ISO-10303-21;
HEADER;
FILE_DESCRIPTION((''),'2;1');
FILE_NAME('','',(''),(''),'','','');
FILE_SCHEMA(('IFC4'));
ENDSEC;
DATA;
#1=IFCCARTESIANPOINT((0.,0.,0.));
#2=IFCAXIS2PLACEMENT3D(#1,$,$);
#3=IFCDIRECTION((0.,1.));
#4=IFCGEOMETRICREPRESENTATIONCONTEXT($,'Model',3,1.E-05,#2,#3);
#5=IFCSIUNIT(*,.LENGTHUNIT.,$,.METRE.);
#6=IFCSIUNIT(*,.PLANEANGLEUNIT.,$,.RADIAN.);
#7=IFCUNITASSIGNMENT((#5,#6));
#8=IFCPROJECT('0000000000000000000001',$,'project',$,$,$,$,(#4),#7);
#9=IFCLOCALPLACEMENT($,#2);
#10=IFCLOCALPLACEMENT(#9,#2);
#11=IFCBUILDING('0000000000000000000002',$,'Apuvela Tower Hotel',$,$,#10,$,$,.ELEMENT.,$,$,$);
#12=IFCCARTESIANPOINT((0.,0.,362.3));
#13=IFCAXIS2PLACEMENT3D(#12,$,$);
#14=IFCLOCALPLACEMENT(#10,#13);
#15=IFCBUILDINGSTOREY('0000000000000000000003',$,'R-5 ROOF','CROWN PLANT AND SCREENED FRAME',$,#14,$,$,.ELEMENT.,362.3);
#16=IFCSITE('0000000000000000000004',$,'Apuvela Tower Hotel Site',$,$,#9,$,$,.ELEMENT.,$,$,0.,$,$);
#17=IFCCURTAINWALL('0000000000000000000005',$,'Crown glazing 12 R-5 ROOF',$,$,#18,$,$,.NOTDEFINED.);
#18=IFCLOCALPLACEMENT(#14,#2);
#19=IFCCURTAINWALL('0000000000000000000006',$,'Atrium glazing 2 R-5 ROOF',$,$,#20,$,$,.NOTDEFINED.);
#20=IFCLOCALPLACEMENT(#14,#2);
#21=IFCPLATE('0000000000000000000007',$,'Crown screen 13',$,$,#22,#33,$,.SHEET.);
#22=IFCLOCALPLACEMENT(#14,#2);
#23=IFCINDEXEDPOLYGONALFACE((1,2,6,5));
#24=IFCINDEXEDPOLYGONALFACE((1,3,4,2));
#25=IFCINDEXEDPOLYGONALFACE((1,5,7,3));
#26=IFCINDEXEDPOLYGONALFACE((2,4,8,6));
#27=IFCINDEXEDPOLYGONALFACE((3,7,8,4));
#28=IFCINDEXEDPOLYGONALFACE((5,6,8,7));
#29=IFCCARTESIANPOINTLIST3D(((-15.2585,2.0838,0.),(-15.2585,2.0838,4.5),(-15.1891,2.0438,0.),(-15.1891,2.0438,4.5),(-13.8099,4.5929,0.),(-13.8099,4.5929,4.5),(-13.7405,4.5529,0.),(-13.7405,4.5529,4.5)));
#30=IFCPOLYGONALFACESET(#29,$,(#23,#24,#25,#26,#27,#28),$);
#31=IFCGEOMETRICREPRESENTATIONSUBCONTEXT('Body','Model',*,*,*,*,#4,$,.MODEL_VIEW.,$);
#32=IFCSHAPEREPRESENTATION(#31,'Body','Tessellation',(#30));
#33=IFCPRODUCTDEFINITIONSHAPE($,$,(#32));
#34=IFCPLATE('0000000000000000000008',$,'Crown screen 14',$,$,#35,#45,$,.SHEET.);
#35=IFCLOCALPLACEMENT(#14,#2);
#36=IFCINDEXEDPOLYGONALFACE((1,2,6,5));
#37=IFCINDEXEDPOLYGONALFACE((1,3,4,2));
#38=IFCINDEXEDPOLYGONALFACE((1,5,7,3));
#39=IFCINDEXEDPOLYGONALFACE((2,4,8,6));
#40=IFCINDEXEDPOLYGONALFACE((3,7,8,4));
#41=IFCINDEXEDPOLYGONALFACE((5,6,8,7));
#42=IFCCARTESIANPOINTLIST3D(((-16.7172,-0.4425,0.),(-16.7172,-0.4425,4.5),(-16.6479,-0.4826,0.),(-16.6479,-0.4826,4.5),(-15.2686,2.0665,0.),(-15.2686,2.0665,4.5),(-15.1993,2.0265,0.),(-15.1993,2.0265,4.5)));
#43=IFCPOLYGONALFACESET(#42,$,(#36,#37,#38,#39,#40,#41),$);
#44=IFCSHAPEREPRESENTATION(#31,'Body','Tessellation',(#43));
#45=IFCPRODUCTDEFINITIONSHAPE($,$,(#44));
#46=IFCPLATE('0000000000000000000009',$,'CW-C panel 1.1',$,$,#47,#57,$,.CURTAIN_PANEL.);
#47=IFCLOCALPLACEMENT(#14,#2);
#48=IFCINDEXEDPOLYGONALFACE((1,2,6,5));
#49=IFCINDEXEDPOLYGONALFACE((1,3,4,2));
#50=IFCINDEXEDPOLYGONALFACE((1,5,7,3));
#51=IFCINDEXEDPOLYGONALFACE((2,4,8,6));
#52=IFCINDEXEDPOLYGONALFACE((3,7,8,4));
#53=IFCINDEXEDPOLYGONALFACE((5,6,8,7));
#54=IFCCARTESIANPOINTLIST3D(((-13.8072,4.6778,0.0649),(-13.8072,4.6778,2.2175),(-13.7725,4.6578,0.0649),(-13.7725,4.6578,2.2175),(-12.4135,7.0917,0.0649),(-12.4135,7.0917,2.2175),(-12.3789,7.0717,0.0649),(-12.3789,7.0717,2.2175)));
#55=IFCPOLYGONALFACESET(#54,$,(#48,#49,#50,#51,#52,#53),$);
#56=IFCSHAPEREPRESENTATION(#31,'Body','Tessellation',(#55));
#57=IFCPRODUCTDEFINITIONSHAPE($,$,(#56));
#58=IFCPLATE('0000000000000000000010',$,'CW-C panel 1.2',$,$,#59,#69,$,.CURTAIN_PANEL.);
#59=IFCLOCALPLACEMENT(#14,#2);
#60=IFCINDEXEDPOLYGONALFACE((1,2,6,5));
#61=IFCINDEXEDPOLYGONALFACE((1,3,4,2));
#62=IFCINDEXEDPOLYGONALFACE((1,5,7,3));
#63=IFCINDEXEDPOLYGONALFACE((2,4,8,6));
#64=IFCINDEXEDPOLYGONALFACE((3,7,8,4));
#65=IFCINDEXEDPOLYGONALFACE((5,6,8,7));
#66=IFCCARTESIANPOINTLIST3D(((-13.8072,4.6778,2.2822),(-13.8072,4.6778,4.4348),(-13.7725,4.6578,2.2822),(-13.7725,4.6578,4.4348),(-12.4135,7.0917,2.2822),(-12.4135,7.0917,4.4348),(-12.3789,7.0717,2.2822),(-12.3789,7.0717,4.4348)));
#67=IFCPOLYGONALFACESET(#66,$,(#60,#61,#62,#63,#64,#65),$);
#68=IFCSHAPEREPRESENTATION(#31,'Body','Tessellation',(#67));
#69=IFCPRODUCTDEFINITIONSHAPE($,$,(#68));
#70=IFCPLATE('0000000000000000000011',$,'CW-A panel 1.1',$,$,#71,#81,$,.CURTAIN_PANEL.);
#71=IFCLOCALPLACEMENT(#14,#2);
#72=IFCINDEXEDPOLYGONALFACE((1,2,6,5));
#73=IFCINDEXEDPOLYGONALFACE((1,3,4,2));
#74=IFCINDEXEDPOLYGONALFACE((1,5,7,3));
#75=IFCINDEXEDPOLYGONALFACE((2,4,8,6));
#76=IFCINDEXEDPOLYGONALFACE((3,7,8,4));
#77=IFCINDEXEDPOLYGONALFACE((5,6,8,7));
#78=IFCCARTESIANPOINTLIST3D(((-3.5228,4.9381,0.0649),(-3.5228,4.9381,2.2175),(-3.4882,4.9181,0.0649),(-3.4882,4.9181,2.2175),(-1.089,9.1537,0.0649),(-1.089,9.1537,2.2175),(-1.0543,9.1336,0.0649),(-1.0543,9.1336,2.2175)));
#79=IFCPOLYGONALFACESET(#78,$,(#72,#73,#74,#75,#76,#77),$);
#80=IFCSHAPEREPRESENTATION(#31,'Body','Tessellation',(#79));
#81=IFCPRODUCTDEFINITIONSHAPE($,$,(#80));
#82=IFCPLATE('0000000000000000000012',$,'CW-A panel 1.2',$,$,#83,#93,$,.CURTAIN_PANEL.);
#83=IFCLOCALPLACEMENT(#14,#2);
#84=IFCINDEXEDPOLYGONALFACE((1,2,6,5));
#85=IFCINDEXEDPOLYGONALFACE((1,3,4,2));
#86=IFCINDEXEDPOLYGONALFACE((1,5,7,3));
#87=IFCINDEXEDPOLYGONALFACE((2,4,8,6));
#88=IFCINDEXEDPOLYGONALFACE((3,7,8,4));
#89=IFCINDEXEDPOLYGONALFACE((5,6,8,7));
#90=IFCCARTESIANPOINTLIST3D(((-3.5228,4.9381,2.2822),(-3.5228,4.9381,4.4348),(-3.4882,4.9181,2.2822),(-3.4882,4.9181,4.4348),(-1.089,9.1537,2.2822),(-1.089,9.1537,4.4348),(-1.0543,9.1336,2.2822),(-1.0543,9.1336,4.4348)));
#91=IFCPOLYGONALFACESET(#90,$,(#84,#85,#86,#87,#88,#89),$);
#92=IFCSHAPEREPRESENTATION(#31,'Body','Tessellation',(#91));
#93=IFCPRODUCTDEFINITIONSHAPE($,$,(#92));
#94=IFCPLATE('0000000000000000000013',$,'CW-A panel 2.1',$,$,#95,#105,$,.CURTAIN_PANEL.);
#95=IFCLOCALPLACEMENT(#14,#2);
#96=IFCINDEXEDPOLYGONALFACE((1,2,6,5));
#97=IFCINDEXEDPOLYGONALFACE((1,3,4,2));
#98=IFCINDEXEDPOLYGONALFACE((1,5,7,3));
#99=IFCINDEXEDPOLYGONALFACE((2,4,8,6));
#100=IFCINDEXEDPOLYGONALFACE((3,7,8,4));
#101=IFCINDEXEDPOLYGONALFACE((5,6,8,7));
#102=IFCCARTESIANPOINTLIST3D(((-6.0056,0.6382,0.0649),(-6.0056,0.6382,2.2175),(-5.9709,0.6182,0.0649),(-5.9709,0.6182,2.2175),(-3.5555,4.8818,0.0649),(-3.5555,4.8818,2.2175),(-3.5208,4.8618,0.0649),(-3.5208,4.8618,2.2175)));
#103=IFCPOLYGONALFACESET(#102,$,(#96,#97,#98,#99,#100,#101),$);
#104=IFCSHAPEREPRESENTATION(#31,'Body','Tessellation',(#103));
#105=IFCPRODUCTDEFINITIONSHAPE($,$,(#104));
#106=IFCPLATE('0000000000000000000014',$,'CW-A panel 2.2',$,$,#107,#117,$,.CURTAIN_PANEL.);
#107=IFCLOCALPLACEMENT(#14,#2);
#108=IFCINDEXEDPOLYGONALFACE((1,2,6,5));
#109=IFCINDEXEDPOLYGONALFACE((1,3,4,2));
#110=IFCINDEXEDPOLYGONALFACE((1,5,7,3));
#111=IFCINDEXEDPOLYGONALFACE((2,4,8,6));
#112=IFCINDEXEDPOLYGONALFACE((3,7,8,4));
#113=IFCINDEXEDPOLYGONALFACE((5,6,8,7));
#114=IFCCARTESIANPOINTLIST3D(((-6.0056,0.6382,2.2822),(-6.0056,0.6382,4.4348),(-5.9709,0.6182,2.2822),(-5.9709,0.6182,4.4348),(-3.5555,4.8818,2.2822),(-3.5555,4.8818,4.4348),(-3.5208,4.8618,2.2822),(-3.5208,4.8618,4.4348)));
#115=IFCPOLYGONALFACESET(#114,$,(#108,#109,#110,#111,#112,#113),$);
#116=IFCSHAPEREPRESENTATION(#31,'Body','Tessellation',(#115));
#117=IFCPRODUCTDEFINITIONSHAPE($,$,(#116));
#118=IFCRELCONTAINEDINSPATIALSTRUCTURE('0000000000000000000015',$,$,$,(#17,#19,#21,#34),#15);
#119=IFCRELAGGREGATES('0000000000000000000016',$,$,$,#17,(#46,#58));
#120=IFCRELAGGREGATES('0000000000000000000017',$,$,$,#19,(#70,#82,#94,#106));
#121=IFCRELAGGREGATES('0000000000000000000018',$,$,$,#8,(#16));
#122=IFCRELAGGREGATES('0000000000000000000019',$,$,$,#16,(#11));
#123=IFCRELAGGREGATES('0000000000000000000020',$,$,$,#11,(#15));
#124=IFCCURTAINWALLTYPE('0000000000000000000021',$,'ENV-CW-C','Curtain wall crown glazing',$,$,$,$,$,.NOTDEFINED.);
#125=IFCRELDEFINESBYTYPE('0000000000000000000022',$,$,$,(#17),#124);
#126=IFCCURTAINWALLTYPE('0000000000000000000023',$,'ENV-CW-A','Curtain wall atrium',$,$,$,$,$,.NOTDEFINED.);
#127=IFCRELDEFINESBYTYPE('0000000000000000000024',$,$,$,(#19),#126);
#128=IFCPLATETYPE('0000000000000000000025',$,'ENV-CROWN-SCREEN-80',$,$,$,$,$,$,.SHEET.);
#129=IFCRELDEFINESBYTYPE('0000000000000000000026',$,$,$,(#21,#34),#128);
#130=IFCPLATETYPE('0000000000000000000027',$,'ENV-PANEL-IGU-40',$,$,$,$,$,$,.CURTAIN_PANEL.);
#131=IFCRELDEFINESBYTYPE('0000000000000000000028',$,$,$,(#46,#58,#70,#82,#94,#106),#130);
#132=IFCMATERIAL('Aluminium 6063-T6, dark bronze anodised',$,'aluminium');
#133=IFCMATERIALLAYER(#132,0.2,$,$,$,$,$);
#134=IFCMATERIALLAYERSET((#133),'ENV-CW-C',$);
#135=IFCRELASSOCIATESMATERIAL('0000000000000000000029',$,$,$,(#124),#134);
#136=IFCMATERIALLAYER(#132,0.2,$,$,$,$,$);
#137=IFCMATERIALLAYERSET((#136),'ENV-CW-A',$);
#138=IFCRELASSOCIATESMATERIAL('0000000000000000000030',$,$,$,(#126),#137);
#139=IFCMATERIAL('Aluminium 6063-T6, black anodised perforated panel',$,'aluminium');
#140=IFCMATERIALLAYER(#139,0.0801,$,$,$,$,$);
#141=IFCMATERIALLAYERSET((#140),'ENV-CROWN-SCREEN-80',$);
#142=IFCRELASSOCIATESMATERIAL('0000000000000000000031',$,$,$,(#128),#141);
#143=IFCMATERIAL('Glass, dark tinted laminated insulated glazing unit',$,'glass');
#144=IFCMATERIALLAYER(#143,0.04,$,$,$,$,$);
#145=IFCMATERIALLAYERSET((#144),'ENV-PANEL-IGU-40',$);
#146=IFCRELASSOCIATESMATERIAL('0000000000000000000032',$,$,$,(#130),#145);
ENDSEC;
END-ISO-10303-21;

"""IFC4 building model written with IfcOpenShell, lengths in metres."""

from ifc_helpers import new_model, si_unit, direction, frame, origin, origin_2d, place, context, subcontext, project, spatial, rectangle, extrude, material, layer, layer_set, type_object, element, aggregate, save


model = new_model("IFC4")

# Units and contexts
model_context = context("Model", 3, precision=1e-05, world=origin(), true_north=direction((0.0, 1.0)))
body_context = subcontext(model_context, "Body", "Model", "MODEL_VIEW")
ifc_project = project(units=[si_unit("LENGTHUNIT", "METRE"), si_unit("PLANEANGLEUNIT", "RADIAN")], contexts=[model_context])

# Site, building, storey
site_placement = place(None, origin())
site = spatial("IfcSite", under=ifc_project, at=site_placement, Name="Apuvela Tower Hotel Site", CompositionType="ELEMENT", RefElevation=0.0)
building_placement = place(site_placement, origin())
building = spatial("IfcBuilding", under=site, at=building_placement, Name="Apuvela Tower Hotel", CompositionType="ELEMENT")
storey_placement = place(building_placement, frame((0.0, 0.0, 362.3)))
storey = spatial("IfcBuildingStorey", under=building, at=storey_placement, Name="R-5 ROOF", Description="CROWN PLANT AND SCREENED FRAME", CompositionType="ELEMENT", Elevation=362.3)

# Curtain walls
ifc_material_1 = material(Name="Aluminium 6063-T6, dark bronze anodised", Category="aluminium")
ifc_layer_1 = layer(ifc_material_1, 0.2)
ifc_layer_set_1 = layer_set([ifc_layer_1], Name="ENV-CW-C")
curtain_wall_type_1 = type_object("IfcCurtainWallType", Name="ENV-CW-C", Description="Curtain wall crown glazing", PredefinedType="NOTDEFINED", material=ifc_layer_set_1)
curtain_wall_1_placement = place(storey_placement, origin())
curtain_wall_1 = element("IfcCurtainWall", 1, at=curtain_wall_1_placement, inside=storey, type_object=curtain_wall_type_1, Name="Crown glazing 12 R-5 ROOF", PredefinedType="NOTDEFINED")
ifc_layer_2 = layer(ifc_material_1, 0.2)
ifc_layer_set_2 = layer_set([ifc_layer_2], Name="ENV-CW-A")
curtain_wall_type_2 = type_object("IfcCurtainWallType", Name="ENV-CW-A", Description="Curtain wall atrium", PredefinedType="NOTDEFINED", material=ifc_layer_set_2)
curtain_wall_2_placement = place(storey_placement, origin())
curtain_wall_2 = element("IfcCurtainWall", 2, at=curtain_wall_2_placement, inside=storey, type_object=curtain_wall_type_2, Name="Atrium glazing 2 R-5 ROOF", PredefinedType="NOTDEFINED")

# Plates
ifc_material_2 = material(Name="Aluminium 6063-T6, black anodised perforated panel", Category="aluminium")
ifc_layer_3 = layer(ifc_material_2, 0.0801)
ifc_layer_set_3 = layer_set([ifc_layer_3], Name="ENV-CROWN-SCREEN-80")
plate_type_1 = type_object("IfcPlateType", Name="ENV-CROWN-SCREEN-80", PredefinedType="SHEET", material=ifc_layer_set_3)
for number, where, z_axis, x_axis, name in (
    (3, (-14.4995, 3.3184, 0.0), (0.0, 0.0, 1.0), (-0.5, -0.866025, 0.0), "Crown screen 13"),
    (4, (-15.9583, 0.792, 0.0), (0.0, 0.0, 1.0), (-0.5, -0.866025, 0.0), "Crown screen 14"),
):
    element("IfcPlate", number, at=place(storey_placement, frame(where, z_axis=z_axis, x_axis=x_axis)), inside=storey, type_object=plate_type_1, Name=name, PredefinedType="SHEET", context=body_context, shape_type="SweptSolid", body=[
        extrude(rectangle(XDim=2.8972, YDim=0.0801, at=origin_2d()), origin(), (0.0, 0.0, 1.0), 4.5),
    ])

# Plates
ifc_material_3 = material(Name="Glass, dark tinted laminated insulated glazing unit", Category="glass")
ifc_layer_4 = layer(ifc_material_3, 0.04)
ifc_layer_set_4 = layer_set([ifc_layer_4], Name="ENV-PANEL-IGU-40")
plate_type_2 = type_object("IfcPlateType", Name="ENV-PANEL-IGU-40", PredefinedType="CURTAIN_PANEL", material=ifc_layer_set_4)
plate_1_placement = place(storey_placement, frame((-13.093, 5.8748, 0.0649), z_axis=(0.0, 0.0, 1.0), x_axis=(-0.499981, -0.866037, 0.0)))
plate_1 = element("IfcPlate", 5, at=plate_1_placement, type_object=plate_type_2, Name="CW-C panel 1.1", PredefinedType="CURTAIN_PANEL", context=body_context, shape_type="SweptSolid", body=[
    extrude(rectangle(XDim=2.7874, YDim=0.04, at=origin_2d()), origin(), (0.0, 0.0, 1.0), 2.1526),
])
plate_2_placement = place(storey_placement, frame((-13.093, 5.8748, 2.2822), z_axis=(0.0, 0.0, 1.0), x_axis=(-0.499981, -0.866037, 0.0)))
plate_2 = element("IfcPlate", 6, at=plate_2_placement, type_object=plate_type_2, Name="CW-C panel 1.2", PredefinedType="CURTAIN_PANEL", context=body_context, shape_type="SweptSolid", body=[
    extrude(rectangle(XDim=2.7874, YDim=0.04, at=origin_2d()), origin(), (0.0, 0.0, 1.0), 2.1526),
])
aggregate(curtain_wall_1, [plate_1, plate_2])
plate_3_placement = place(storey_placement, frame((-2.2886, 7.0359, 0.0649), z_axis=(0.0, 0.0, 1.0), x_axis=(-0.499999, -0.866026, 0.0)))
plate_3 = element("IfcPlate", 7, at=plate_3_placement, type_object=plate_type_2, Name="CW-A panel 1.1", PredefinedType="CURTAIN_PANEL", context=body_context, shape_type="SweptSolid", body=[
    extrude(rectangle(XDim=4.8677, YDim=0.04, at=origin_2d()), origin(), (0.0, 0.0, 1.0), 2.1526),
])
plate_4_placement = place(storey_placement, frame((-2.2886, 7.0359, 2.2822), z_axis=(0.0, 0.0, 1.0), x_axis=(-0.499999, -0.866026, 0.0)))
plate_4 = element("IfcPlate", 8, at=plate_4_placement, type_object=plate_type_2, Name="CW-A panel 1.2", PredefinedType="CURTAIN_PANEL", context=body_context, shape_type="SweptSolid", body=[
    extrude(rectangle(XDim=4.8677, YDim=0.04, at=origin_2d()), origin(), (0.0, 0.0, 1.0), 2.1526),
])
plate_5_placement = place(storey_placement, frame((-4.7632, 2.75, 0.0649), z_axis=(0.0, 0.0, 1.0), x_axis=(-0.499999, -0.866026, 0.0)))
plate_5 = element("IfcPlate", 9, at=plate_5_placement, type_object=plate_type_2, Name="CW-A panel 2.1", PredefinedType="CURTAIN_PANEL", context=body_context, shape_type="SweptSolid", body=[
    extrude(rectangle(XDim=4.9001, YDim=0.04, at=origin_2d()), origin(), (0.0, 0.0, 1.0), 2.1526),
])
plate_6_placement = place(storey_placement, frame((-4.7632, 2.75, 2.2822), z_axis=(0.0, 0.0, 1.0), x_axis=(-0.499999, -0.866026, 0.0)))
plate_6 = element("IfcPlate", 10, at=plate_6_placement, type_object=plate_type_2, Name="CW-A panel 2.2", PredefinedType="CURTAIN_PANEL", context=body_context, shape_type="SweptSolid", body=[
    extrude(rectangle(XDim=4.9001, YDim=0.04, at=origin_2d()), origin(), (0.0, 0.0, 1.0), 2.1526),
])
aggregate(curtain_wall_2, [plate_3, plate_4, plate_5, plate_6])

save(model, "model.ifc")
